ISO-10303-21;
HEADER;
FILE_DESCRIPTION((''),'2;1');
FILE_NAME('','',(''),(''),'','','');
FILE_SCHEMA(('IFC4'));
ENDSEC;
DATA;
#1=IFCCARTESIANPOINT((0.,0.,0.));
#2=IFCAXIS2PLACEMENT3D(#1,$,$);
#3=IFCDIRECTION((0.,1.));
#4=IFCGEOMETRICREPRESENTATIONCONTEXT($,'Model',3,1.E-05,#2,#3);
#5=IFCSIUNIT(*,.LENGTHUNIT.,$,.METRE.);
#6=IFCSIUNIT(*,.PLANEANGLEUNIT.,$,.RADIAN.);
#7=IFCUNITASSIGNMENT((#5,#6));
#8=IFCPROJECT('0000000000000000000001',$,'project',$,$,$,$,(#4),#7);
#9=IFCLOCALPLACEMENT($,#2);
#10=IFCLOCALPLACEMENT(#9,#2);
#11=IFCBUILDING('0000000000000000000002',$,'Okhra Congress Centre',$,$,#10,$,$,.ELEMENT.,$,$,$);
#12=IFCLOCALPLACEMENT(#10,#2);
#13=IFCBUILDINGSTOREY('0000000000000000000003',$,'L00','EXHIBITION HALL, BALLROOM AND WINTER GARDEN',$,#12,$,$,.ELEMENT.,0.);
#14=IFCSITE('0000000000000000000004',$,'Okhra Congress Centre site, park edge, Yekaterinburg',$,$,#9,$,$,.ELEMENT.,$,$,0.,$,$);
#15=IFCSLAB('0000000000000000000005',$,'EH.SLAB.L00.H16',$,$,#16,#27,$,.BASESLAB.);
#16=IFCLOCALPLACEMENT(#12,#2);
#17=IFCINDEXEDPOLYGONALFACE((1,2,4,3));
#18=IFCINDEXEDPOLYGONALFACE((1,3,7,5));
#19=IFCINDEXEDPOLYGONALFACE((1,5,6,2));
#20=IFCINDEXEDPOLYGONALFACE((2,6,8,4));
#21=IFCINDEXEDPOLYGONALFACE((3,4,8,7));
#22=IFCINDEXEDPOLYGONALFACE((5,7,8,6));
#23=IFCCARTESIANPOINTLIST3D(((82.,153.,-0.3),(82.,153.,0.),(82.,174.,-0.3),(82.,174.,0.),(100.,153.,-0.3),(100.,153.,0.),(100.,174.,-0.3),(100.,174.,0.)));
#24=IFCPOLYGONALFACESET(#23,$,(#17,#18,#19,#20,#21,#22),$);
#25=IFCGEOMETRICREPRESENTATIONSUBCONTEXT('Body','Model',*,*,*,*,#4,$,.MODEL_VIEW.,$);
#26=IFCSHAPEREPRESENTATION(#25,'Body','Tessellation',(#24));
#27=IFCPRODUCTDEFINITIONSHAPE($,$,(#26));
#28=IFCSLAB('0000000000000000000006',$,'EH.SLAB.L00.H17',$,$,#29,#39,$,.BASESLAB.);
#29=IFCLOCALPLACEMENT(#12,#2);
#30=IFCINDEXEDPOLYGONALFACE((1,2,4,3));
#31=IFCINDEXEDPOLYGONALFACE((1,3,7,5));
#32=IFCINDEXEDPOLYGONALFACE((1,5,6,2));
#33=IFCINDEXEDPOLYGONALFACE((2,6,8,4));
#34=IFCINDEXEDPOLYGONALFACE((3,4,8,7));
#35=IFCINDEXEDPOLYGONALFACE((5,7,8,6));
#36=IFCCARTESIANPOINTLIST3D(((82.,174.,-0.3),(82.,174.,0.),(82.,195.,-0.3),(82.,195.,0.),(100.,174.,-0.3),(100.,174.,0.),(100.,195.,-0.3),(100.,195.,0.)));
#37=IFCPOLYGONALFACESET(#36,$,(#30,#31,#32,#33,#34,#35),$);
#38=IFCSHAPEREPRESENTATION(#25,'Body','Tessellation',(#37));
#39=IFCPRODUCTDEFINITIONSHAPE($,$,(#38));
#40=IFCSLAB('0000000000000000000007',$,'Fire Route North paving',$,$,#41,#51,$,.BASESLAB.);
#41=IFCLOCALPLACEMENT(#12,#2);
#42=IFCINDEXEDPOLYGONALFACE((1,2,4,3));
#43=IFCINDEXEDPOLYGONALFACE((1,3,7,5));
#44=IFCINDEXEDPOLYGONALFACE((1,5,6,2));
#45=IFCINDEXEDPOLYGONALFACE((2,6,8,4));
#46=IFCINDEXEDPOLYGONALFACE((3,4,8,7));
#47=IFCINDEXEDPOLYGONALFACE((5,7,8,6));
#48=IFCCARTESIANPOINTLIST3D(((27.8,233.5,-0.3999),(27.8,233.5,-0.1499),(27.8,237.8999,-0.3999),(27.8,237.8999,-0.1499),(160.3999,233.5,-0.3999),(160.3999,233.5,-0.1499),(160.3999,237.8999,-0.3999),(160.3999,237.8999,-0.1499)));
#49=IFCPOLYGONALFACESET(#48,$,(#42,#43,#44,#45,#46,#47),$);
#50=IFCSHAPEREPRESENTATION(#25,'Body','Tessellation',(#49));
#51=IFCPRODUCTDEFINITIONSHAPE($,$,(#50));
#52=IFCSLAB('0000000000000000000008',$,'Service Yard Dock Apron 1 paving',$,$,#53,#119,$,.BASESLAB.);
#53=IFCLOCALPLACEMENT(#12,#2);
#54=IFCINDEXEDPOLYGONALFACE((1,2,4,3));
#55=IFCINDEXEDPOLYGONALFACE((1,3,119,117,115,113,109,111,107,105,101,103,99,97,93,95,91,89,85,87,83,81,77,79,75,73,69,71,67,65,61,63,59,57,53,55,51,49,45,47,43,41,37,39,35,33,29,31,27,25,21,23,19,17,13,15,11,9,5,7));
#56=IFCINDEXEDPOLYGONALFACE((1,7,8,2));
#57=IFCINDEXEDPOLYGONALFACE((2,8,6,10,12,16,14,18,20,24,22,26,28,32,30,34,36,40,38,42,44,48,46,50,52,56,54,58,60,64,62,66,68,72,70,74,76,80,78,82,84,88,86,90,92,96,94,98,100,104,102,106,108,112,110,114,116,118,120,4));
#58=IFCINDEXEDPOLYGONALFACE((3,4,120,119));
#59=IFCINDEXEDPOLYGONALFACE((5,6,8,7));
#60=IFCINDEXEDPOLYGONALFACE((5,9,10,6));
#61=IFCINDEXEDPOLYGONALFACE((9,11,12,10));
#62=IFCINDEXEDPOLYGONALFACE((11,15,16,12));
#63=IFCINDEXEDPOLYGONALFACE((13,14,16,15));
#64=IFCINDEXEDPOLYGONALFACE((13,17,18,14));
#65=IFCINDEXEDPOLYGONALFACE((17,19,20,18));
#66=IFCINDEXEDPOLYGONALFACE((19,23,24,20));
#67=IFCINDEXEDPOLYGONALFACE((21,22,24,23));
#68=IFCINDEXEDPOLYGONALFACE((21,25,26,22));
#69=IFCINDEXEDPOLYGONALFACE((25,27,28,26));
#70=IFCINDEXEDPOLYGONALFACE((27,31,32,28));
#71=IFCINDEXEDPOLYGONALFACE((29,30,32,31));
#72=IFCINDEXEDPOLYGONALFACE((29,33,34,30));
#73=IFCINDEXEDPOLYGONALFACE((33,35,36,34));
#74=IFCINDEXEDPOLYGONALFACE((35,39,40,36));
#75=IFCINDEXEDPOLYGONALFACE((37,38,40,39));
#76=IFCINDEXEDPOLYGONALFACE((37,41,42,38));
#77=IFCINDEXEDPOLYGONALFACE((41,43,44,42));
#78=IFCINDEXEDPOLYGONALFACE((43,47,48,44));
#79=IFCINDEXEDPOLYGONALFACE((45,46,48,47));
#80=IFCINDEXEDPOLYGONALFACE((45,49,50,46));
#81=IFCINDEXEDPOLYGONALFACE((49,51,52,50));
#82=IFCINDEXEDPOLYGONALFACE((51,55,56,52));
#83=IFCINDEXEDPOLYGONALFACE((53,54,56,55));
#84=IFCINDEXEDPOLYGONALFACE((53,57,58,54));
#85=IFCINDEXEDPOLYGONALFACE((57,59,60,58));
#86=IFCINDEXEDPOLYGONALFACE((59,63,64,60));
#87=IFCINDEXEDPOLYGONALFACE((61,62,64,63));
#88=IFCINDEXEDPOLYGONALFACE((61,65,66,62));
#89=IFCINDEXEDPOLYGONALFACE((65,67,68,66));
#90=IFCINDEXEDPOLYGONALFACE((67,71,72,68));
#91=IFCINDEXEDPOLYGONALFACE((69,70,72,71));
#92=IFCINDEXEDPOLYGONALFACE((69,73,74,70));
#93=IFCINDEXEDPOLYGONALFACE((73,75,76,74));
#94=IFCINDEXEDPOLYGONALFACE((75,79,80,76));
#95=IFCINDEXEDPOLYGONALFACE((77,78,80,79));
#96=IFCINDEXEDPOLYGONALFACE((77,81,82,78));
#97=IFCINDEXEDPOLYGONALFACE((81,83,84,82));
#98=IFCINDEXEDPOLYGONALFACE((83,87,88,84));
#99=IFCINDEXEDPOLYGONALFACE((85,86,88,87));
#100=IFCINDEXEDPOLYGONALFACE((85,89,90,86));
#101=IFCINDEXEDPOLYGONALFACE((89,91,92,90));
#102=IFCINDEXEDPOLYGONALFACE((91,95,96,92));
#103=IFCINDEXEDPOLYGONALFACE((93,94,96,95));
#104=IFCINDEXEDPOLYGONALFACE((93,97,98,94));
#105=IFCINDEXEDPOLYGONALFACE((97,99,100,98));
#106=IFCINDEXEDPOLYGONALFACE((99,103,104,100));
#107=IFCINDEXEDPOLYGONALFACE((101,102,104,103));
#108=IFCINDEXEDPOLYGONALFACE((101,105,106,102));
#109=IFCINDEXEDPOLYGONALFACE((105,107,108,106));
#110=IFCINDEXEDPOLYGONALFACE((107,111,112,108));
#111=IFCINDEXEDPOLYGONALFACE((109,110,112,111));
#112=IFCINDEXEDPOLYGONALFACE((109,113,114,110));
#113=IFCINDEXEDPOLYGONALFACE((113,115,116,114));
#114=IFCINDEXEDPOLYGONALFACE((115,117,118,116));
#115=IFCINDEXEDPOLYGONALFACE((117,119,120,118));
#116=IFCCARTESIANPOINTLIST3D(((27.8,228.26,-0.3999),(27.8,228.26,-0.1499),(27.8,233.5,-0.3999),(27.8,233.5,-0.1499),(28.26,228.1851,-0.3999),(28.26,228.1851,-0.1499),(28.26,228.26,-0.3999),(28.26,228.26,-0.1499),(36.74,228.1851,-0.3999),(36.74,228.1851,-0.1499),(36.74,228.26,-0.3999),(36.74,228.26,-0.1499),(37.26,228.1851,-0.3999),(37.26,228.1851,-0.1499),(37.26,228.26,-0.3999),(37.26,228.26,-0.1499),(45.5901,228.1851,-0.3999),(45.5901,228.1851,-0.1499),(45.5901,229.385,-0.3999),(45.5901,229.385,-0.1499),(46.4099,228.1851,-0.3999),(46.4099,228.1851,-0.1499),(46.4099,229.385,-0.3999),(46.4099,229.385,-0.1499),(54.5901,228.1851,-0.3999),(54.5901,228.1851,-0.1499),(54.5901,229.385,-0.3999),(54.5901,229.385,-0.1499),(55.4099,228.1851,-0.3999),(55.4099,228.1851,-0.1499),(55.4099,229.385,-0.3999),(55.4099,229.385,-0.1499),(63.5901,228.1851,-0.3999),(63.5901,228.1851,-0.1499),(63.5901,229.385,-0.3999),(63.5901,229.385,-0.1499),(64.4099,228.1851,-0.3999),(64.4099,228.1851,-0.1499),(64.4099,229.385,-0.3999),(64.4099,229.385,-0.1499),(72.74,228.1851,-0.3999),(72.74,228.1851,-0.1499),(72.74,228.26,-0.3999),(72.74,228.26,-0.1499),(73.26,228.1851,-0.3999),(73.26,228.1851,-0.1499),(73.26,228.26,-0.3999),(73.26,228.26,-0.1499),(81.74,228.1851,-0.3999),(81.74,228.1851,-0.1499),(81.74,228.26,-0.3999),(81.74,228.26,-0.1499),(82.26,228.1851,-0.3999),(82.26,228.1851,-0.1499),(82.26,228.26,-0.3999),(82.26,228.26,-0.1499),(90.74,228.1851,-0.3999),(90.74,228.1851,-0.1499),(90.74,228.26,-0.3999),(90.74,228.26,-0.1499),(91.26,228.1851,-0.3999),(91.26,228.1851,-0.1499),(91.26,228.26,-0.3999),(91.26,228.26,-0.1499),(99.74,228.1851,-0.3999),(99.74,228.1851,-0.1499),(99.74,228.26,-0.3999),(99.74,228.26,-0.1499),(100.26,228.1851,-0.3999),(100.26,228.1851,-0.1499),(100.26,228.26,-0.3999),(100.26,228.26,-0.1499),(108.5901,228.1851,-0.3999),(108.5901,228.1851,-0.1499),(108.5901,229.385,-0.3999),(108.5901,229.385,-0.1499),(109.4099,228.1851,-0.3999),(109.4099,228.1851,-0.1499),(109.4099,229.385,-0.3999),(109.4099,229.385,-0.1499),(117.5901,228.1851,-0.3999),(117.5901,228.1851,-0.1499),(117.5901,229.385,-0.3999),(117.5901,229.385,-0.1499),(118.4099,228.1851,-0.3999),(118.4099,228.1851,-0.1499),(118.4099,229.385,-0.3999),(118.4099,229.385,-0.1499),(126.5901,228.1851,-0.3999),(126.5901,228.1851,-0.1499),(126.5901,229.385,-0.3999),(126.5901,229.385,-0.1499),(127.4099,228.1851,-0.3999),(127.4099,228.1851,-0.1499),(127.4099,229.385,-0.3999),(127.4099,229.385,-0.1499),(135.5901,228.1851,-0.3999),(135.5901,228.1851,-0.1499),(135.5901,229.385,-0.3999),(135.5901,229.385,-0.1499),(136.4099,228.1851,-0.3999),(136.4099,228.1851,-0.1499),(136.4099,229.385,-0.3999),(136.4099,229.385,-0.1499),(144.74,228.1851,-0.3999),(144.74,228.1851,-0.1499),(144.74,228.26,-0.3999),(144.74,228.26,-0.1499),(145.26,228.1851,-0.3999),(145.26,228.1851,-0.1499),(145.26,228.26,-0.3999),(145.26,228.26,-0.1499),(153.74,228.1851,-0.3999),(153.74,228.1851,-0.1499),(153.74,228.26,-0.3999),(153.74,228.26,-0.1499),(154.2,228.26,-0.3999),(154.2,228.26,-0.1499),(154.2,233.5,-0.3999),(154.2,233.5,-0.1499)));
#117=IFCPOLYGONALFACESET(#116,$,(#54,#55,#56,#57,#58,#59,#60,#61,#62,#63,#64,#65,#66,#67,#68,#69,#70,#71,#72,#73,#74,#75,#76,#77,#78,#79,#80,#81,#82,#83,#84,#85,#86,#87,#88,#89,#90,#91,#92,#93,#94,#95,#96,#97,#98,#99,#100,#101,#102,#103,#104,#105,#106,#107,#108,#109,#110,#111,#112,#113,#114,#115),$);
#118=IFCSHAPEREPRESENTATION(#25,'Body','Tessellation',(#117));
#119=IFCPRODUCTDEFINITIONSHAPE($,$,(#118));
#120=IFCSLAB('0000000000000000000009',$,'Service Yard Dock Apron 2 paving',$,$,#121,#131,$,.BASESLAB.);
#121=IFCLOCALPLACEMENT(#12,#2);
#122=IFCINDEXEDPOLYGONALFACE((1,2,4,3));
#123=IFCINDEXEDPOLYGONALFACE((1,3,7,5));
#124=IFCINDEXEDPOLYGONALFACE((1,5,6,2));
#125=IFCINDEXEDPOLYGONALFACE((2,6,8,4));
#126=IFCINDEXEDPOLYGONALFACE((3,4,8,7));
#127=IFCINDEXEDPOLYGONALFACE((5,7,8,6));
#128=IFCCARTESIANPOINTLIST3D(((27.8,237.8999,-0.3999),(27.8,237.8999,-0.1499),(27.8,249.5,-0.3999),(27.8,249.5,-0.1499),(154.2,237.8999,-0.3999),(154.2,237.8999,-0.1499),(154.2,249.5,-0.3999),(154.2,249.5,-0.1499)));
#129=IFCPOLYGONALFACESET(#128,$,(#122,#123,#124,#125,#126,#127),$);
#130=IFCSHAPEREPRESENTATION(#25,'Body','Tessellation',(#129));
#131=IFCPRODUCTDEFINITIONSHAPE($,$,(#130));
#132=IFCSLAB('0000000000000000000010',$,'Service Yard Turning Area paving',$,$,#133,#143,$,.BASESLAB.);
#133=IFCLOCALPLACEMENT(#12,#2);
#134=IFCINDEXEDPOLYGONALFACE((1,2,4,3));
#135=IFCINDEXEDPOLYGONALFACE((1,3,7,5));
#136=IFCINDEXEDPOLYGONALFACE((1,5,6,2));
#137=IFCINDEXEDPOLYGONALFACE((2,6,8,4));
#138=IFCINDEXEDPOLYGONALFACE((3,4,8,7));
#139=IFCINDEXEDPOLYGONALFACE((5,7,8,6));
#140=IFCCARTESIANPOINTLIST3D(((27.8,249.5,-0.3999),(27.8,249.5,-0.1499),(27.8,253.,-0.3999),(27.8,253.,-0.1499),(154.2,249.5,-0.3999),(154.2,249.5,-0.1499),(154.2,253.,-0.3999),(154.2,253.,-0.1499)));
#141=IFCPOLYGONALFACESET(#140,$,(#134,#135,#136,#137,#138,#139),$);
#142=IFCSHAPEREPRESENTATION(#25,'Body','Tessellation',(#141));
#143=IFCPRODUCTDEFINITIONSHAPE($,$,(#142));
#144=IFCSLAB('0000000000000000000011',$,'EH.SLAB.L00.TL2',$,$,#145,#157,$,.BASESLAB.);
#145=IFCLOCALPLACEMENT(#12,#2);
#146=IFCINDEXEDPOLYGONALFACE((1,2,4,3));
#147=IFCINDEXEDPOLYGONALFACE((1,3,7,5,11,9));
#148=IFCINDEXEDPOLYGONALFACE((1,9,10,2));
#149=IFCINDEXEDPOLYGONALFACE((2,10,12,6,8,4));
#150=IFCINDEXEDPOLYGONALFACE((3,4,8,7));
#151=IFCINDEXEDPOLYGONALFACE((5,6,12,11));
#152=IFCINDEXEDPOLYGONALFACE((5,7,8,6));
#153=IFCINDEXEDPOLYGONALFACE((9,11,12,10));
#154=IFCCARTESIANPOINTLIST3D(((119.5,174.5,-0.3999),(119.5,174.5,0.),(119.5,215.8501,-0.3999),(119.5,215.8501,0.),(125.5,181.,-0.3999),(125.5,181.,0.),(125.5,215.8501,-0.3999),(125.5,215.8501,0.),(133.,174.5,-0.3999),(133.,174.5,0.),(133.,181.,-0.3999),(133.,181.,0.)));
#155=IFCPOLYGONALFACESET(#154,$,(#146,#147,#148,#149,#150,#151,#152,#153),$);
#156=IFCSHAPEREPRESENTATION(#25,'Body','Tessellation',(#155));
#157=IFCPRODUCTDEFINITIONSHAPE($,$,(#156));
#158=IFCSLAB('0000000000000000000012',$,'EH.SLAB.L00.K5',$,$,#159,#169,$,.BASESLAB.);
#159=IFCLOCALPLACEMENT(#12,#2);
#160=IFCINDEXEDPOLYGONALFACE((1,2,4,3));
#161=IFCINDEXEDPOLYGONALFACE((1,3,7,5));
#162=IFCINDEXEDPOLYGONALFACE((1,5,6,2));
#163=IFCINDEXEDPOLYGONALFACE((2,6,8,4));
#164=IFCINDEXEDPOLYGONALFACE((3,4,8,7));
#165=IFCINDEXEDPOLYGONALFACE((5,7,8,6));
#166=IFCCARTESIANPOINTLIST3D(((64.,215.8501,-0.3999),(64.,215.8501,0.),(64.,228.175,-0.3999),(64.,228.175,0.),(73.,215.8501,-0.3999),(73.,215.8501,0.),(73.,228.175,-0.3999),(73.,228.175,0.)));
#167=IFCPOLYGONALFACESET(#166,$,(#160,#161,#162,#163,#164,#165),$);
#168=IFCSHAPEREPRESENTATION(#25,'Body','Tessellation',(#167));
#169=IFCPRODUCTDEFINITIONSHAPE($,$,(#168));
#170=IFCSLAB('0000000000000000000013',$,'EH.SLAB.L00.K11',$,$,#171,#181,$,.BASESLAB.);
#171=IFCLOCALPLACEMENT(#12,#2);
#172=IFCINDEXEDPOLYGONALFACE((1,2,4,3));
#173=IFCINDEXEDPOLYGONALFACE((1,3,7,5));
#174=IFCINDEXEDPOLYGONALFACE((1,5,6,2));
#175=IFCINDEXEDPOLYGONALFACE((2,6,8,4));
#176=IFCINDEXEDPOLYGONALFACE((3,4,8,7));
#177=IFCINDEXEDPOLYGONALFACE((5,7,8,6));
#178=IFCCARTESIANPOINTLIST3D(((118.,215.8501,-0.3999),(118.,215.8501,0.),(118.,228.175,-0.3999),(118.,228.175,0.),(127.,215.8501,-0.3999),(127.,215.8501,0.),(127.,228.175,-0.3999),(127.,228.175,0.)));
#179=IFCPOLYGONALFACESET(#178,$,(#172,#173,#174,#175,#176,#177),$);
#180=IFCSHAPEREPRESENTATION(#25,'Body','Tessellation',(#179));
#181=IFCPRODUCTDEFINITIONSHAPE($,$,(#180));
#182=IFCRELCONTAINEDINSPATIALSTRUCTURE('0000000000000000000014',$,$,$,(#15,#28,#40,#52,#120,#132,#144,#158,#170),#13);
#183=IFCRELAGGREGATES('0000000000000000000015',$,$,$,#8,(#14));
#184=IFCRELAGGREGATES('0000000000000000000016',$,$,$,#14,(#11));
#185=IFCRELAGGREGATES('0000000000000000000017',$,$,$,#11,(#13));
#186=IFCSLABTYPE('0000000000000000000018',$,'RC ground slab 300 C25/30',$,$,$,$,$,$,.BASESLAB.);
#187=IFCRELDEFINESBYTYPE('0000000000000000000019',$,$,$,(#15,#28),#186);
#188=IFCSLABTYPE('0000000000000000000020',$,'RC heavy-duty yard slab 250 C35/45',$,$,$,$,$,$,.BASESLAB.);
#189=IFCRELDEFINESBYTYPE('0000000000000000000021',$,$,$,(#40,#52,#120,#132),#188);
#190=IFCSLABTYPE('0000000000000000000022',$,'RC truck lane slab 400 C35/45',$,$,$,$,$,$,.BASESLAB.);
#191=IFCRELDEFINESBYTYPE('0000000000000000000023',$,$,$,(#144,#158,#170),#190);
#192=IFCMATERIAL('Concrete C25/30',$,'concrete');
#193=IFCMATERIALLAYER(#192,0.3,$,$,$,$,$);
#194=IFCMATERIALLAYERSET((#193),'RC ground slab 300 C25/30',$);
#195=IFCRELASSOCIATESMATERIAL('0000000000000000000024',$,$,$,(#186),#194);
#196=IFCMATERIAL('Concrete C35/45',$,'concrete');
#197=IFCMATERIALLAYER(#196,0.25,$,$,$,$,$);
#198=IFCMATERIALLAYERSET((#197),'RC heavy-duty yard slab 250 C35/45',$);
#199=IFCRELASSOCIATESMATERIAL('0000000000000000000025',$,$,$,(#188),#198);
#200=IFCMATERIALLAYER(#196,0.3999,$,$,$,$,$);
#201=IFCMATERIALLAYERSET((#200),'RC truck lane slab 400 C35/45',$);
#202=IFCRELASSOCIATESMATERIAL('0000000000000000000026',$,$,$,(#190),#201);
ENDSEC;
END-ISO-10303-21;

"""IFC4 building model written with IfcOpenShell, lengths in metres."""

from ifc_helpers import new_model, si_unit, direction, frame, origin, place, context, subcontext, project, spatial, polyline, outline, extrude, material, layer, layer_set, type_object, element, save


model = new_model("IFC4")

# Units and contexts
model_context = context("Model", 3, precision=1e-05, world=origin(), true_north=direction((0.0, 1.0)))
body_context = subcontext(model_context, "Body", "Model", "MODEL_VIEW")
ifc_project = project(units=[si_unit("LENGTHUNIT", "METRE"), si_unit("PLANEANGLEUNIT", "RADIAN")], contexts=[model_context])

# Site, building, storey
site_placement = place(None, origin())
site = spatial("IfcSite", under=ifc_project, at=site_placement, Name="Okhra Congress Centre site, park edge, Yekaterinburg", CompositionType="ELEMENT", RefElevation=0.0)
building_placement = place(site_placement, origin())
building = spatial("IfcBuilding", under=site, at=building_placement, Name="Okhra Congress Centre", CompositionType="ELEMENT")
storey_placement = place(building_placement, origin())
storey = spatial("IfcBuildingStorey", under=building, at=storey_placement, Name="L00", Description="EXHIBITION HALL, BALLROOM AND WINTER GARDEN", CompositionType="ELEMENT", Elevation=0.0)

# Slabs
ifc_material_1 = material(Name="Concrete C25/30", Category="concrete")
ifc_layer_1 = layer(ifc_material_1, 0.3)
ifc_layer_set_1 = layer_set([ifc_layer_1], Name="RC ground slab 300 C25/30")
slab_type_1 = type_object("IfcSlabType", Name="RC ground slab 300 C25/30", PredefinedType="BASESLAB", material=ifc_layer_set_1)
slab_1_placement = place(storey_placement, frame((0.0, 0.0, -0.3)))
element("IfcSlab", 1, at=slab_1_placement, inside=storey, type_object=slab_type_1, Name="EH.SLAB.L00.H16", PredefinedType="BASESLAB", context=body_context, shape_type="SweptSolid", body=[
    extrude(outline(polyline([(82.0, 153.0), (100.0, 153.0), (100.0, 174.0), (82.0, 174.0), (82.0, 153.0)])), origin(), (0.0, 0.0, 1.0), 0.3),
])
slab_2_placement = place(storey_placement, frame((0.0, 0.0, -0.3)))
element("IfcSlab", 2, at=slab_2_placement, inside=storey, type_object=slab_type_1, Name="EH.SLAB.L00.H17", PredefinedType="BASESLAB", context=body_context, shape_type="SweptSolid", body=[
    extrude(outline(polyline([(82.0, 174.0), (100.0, 174.0), (100.0, 195.0), (82.0, 195.0), (82.0, 174.0)])), origin(), (0.0, 0.0, 1.0), 0.3),
])
ifc_material_2 = material(Name="Concrete C35/45", Category="concrete")
ifc_layer_2 = layer(ifc_material_2, 0.25)
ifc_layer_set_2 = layer_set([ifc_layer_2], Name="RC heavy-duty yard slab 250 C35/45")
slab_type_2 = type_object("IfcSlabType", Name="RC heavy-duty yard slab 250 C35/45", PredefinedType="BASESLAB", material=ifc_layer_set_2)
slab_3_placement = place(storey_placement, frame((0.0, 0.0, -0.3999)))
element("IfcSlab", 3, at=slab_3_placement, inside=storey, type_object=slab_type_2, Name="Fire Route North paving", PredefinedType="BASESLAB", context=body_context, shape_type="SweptSolid", body=[
    extrude(outline(polyline([(160.3999, 237.8999), (27.8, 237.8999), (27.8, 233.5), (160.3999, 233.5), (160.3999, 237.8999)])), origin(), (0.0, 0.0, 1.0), 0.25),
])
slab_4_placement = place(storey_placement, frame((0.0, 0.0, -0.3999)))
element("IfcSlab", 4, at=slab_4_placement, inside=storey, type_object=slab_type_2, Name="Service Yard Dock Apron 1 paving", PredefinedType="BASESLAB", context=body_context, shape_type="SweptSolid", body=[
    extrude(outline(polyline([(36.74, 228.1851), (36.74, 228.26), (37.26, 228.26), (37.26, 228.1851), (45.5901, 228.1851), (45.5901, 229.385), (46.4099, 229.385), (46.4099, 228.1851), (54.5901, 228.1851), (54.5901, 229.385), (55.4099, 229.385), (55.4099, 228.1851), (63.5901, 228.1851), (63.5901, 229.385), (64.4099, 229.385), (64.4099, 228.1851), (72.74, 228.1851), (72.74, 228.26), (73.26, 228.26), (73.26, 228.1851), (81.74, 228.1851), (81.74, 228.26), (82.26, 228.26), (82.26, 228.1851), (90.74, 228.1851), (90.74, 228.26), (91.26, 228.26), (91.26, 228.1851), (99.74, 228.1851), (99.74, 228.26), (100.26, 228.26), (100.26, 228.1851), (108.5901, 228.1851), (108.5901, 229.385), (109.4099, 229.385), (109.4099, 228.1851), (117.5901, 228.1851), (117.5901, 229.385), (118.4099, 229.385), (118.4099, 228.1851), (126.5901, 228.1851), (126.5901, 229.385), (127.4099, 229.385), (127.4099, 228.1851), (135.5901, 228.1851), (135.5901, 229.385), (136.4099, 229.385), (136.4099, 228.1851), (144.74, 228.1851), (144.74, 228.26), (145.26, 228.26), (145.26, 228.1851), (153.74, 228.1851), (153.74, 228.26), (154.2, 228.26), (154.2, 233.5), (27.8, 233.5), (27.8, 228.26), (28.26, 228.26), (28.26, 228.1851), (36.74, 228.1851)])), origin(), (0.0, 0.0, 1.0), 0.25),
])
slab_5_placement = place(storey_placement, frame((0.0, 0.0, -0.3999)))
element("IfcSlab", 5, at=slab_5_placement, inside=storey, type_object=slab_type_2, Name="Service Yard Dock Apron 2 paving", PredefinedType="BASESLAB", context=body_context, shape_type="SweptSolid", body=[
    extrude(outline(polyline([(154.2, 249.5), (27.8, 249.5), (27.8, 237.8999), (154.2, 237.8999), (154.2, 249.5)])), origin(), (0.0, 0.0, 1.0), 0.25),
])
slab_6_placement = place(storey_placement, frame((0.0, 0.0, -0.3999)))
element("IfcSlab", 6, at=slab_6_placement, inside=storey, type_object=slab_type_2, Name="Service Yard Turning Area paving", PredefinedType="BASESLAB", context=body_context, shape_type="SweptSolid", body=[
    extrude(outline(polyline([(27.8, 253.0), (27.8, 249.5), (154.2, 249.5), (154.2, 253.0), (27.8, 253.0)])), origin(), (0.0, 0.0, 1.0), 0.25),
])
ifc_layer_3 = layer(ifc_material_2, 0.3999)
ifc_layer_set_3 = layer_set([ifc_layer_3], Name="RC truck lane slab 400 C35/45")
slab_type_3 = type_object("IfcSlabType", Name="RC truck lane slab 400 C35/45", PredefinedType="BASESLAB", material=ifc_layer_set_3)
slab_7_placement = place(storey_placement, frame((0.0, 0.0, -0.3999)))
element("IfcSlab", 7, at=slab_7_placement, inside=storey, type_object=slab_type_3, Name="EH.SLAB.L00.TL2", PredefinedType="BASESLAB", context=body_context, shape_type="SweptSolid", body=[
    extrude(outline(polyline([(119.5, 174.5), (133.0, 174.5), (133.0, 181.0), (125.5, 181.0), (125.5, 215.8501), (119.5, 215.8501), (119.5, 174.5)])), origin(), (0.0, 0.0, 1.0), 0.3999),
])
slab_8_placement = place(storey_placement, frame((0.0, 0.0, -0.3999)))
element("IfcSlab", 8, at=slab_8_placement, inside=storey, type_object=slab_type_3, Name="EH.SLAB.L00.K5", PredefinedType="BASESLAB", context=body_context, shape_type="SweptSolid", body=[
    extrude(outline(polyline([(64.0, 215.8501), (73.0, 215.8501), (73.0, 228.175), (64.0, 228.175), (64.0, 215.8501)])), origin(), (0.0, 0.0, 1.0), 0.3999),
])
slab_9_placement = place(storey_placement, frame((0.0, 0.0, -0.3999)))
element("IfcSlab", 9, at=slab_9_placement, inside=storey, type_object=slab_type_3, Name="EH.SLAB.L00.K11", PredefinedType="BASESLAB", context=body_context, shape_type="SweptSolid", body=[
    extrude(outline(polyline([(118.0, 215.8501), (127.0, 215.8501), (127.0, 228.175), (118.0, 228.175), (118.0, 215.8501)])), origin(), (0.0, 0.0, 1.0), 0.3999),
])

save(model, "model.ifc")
